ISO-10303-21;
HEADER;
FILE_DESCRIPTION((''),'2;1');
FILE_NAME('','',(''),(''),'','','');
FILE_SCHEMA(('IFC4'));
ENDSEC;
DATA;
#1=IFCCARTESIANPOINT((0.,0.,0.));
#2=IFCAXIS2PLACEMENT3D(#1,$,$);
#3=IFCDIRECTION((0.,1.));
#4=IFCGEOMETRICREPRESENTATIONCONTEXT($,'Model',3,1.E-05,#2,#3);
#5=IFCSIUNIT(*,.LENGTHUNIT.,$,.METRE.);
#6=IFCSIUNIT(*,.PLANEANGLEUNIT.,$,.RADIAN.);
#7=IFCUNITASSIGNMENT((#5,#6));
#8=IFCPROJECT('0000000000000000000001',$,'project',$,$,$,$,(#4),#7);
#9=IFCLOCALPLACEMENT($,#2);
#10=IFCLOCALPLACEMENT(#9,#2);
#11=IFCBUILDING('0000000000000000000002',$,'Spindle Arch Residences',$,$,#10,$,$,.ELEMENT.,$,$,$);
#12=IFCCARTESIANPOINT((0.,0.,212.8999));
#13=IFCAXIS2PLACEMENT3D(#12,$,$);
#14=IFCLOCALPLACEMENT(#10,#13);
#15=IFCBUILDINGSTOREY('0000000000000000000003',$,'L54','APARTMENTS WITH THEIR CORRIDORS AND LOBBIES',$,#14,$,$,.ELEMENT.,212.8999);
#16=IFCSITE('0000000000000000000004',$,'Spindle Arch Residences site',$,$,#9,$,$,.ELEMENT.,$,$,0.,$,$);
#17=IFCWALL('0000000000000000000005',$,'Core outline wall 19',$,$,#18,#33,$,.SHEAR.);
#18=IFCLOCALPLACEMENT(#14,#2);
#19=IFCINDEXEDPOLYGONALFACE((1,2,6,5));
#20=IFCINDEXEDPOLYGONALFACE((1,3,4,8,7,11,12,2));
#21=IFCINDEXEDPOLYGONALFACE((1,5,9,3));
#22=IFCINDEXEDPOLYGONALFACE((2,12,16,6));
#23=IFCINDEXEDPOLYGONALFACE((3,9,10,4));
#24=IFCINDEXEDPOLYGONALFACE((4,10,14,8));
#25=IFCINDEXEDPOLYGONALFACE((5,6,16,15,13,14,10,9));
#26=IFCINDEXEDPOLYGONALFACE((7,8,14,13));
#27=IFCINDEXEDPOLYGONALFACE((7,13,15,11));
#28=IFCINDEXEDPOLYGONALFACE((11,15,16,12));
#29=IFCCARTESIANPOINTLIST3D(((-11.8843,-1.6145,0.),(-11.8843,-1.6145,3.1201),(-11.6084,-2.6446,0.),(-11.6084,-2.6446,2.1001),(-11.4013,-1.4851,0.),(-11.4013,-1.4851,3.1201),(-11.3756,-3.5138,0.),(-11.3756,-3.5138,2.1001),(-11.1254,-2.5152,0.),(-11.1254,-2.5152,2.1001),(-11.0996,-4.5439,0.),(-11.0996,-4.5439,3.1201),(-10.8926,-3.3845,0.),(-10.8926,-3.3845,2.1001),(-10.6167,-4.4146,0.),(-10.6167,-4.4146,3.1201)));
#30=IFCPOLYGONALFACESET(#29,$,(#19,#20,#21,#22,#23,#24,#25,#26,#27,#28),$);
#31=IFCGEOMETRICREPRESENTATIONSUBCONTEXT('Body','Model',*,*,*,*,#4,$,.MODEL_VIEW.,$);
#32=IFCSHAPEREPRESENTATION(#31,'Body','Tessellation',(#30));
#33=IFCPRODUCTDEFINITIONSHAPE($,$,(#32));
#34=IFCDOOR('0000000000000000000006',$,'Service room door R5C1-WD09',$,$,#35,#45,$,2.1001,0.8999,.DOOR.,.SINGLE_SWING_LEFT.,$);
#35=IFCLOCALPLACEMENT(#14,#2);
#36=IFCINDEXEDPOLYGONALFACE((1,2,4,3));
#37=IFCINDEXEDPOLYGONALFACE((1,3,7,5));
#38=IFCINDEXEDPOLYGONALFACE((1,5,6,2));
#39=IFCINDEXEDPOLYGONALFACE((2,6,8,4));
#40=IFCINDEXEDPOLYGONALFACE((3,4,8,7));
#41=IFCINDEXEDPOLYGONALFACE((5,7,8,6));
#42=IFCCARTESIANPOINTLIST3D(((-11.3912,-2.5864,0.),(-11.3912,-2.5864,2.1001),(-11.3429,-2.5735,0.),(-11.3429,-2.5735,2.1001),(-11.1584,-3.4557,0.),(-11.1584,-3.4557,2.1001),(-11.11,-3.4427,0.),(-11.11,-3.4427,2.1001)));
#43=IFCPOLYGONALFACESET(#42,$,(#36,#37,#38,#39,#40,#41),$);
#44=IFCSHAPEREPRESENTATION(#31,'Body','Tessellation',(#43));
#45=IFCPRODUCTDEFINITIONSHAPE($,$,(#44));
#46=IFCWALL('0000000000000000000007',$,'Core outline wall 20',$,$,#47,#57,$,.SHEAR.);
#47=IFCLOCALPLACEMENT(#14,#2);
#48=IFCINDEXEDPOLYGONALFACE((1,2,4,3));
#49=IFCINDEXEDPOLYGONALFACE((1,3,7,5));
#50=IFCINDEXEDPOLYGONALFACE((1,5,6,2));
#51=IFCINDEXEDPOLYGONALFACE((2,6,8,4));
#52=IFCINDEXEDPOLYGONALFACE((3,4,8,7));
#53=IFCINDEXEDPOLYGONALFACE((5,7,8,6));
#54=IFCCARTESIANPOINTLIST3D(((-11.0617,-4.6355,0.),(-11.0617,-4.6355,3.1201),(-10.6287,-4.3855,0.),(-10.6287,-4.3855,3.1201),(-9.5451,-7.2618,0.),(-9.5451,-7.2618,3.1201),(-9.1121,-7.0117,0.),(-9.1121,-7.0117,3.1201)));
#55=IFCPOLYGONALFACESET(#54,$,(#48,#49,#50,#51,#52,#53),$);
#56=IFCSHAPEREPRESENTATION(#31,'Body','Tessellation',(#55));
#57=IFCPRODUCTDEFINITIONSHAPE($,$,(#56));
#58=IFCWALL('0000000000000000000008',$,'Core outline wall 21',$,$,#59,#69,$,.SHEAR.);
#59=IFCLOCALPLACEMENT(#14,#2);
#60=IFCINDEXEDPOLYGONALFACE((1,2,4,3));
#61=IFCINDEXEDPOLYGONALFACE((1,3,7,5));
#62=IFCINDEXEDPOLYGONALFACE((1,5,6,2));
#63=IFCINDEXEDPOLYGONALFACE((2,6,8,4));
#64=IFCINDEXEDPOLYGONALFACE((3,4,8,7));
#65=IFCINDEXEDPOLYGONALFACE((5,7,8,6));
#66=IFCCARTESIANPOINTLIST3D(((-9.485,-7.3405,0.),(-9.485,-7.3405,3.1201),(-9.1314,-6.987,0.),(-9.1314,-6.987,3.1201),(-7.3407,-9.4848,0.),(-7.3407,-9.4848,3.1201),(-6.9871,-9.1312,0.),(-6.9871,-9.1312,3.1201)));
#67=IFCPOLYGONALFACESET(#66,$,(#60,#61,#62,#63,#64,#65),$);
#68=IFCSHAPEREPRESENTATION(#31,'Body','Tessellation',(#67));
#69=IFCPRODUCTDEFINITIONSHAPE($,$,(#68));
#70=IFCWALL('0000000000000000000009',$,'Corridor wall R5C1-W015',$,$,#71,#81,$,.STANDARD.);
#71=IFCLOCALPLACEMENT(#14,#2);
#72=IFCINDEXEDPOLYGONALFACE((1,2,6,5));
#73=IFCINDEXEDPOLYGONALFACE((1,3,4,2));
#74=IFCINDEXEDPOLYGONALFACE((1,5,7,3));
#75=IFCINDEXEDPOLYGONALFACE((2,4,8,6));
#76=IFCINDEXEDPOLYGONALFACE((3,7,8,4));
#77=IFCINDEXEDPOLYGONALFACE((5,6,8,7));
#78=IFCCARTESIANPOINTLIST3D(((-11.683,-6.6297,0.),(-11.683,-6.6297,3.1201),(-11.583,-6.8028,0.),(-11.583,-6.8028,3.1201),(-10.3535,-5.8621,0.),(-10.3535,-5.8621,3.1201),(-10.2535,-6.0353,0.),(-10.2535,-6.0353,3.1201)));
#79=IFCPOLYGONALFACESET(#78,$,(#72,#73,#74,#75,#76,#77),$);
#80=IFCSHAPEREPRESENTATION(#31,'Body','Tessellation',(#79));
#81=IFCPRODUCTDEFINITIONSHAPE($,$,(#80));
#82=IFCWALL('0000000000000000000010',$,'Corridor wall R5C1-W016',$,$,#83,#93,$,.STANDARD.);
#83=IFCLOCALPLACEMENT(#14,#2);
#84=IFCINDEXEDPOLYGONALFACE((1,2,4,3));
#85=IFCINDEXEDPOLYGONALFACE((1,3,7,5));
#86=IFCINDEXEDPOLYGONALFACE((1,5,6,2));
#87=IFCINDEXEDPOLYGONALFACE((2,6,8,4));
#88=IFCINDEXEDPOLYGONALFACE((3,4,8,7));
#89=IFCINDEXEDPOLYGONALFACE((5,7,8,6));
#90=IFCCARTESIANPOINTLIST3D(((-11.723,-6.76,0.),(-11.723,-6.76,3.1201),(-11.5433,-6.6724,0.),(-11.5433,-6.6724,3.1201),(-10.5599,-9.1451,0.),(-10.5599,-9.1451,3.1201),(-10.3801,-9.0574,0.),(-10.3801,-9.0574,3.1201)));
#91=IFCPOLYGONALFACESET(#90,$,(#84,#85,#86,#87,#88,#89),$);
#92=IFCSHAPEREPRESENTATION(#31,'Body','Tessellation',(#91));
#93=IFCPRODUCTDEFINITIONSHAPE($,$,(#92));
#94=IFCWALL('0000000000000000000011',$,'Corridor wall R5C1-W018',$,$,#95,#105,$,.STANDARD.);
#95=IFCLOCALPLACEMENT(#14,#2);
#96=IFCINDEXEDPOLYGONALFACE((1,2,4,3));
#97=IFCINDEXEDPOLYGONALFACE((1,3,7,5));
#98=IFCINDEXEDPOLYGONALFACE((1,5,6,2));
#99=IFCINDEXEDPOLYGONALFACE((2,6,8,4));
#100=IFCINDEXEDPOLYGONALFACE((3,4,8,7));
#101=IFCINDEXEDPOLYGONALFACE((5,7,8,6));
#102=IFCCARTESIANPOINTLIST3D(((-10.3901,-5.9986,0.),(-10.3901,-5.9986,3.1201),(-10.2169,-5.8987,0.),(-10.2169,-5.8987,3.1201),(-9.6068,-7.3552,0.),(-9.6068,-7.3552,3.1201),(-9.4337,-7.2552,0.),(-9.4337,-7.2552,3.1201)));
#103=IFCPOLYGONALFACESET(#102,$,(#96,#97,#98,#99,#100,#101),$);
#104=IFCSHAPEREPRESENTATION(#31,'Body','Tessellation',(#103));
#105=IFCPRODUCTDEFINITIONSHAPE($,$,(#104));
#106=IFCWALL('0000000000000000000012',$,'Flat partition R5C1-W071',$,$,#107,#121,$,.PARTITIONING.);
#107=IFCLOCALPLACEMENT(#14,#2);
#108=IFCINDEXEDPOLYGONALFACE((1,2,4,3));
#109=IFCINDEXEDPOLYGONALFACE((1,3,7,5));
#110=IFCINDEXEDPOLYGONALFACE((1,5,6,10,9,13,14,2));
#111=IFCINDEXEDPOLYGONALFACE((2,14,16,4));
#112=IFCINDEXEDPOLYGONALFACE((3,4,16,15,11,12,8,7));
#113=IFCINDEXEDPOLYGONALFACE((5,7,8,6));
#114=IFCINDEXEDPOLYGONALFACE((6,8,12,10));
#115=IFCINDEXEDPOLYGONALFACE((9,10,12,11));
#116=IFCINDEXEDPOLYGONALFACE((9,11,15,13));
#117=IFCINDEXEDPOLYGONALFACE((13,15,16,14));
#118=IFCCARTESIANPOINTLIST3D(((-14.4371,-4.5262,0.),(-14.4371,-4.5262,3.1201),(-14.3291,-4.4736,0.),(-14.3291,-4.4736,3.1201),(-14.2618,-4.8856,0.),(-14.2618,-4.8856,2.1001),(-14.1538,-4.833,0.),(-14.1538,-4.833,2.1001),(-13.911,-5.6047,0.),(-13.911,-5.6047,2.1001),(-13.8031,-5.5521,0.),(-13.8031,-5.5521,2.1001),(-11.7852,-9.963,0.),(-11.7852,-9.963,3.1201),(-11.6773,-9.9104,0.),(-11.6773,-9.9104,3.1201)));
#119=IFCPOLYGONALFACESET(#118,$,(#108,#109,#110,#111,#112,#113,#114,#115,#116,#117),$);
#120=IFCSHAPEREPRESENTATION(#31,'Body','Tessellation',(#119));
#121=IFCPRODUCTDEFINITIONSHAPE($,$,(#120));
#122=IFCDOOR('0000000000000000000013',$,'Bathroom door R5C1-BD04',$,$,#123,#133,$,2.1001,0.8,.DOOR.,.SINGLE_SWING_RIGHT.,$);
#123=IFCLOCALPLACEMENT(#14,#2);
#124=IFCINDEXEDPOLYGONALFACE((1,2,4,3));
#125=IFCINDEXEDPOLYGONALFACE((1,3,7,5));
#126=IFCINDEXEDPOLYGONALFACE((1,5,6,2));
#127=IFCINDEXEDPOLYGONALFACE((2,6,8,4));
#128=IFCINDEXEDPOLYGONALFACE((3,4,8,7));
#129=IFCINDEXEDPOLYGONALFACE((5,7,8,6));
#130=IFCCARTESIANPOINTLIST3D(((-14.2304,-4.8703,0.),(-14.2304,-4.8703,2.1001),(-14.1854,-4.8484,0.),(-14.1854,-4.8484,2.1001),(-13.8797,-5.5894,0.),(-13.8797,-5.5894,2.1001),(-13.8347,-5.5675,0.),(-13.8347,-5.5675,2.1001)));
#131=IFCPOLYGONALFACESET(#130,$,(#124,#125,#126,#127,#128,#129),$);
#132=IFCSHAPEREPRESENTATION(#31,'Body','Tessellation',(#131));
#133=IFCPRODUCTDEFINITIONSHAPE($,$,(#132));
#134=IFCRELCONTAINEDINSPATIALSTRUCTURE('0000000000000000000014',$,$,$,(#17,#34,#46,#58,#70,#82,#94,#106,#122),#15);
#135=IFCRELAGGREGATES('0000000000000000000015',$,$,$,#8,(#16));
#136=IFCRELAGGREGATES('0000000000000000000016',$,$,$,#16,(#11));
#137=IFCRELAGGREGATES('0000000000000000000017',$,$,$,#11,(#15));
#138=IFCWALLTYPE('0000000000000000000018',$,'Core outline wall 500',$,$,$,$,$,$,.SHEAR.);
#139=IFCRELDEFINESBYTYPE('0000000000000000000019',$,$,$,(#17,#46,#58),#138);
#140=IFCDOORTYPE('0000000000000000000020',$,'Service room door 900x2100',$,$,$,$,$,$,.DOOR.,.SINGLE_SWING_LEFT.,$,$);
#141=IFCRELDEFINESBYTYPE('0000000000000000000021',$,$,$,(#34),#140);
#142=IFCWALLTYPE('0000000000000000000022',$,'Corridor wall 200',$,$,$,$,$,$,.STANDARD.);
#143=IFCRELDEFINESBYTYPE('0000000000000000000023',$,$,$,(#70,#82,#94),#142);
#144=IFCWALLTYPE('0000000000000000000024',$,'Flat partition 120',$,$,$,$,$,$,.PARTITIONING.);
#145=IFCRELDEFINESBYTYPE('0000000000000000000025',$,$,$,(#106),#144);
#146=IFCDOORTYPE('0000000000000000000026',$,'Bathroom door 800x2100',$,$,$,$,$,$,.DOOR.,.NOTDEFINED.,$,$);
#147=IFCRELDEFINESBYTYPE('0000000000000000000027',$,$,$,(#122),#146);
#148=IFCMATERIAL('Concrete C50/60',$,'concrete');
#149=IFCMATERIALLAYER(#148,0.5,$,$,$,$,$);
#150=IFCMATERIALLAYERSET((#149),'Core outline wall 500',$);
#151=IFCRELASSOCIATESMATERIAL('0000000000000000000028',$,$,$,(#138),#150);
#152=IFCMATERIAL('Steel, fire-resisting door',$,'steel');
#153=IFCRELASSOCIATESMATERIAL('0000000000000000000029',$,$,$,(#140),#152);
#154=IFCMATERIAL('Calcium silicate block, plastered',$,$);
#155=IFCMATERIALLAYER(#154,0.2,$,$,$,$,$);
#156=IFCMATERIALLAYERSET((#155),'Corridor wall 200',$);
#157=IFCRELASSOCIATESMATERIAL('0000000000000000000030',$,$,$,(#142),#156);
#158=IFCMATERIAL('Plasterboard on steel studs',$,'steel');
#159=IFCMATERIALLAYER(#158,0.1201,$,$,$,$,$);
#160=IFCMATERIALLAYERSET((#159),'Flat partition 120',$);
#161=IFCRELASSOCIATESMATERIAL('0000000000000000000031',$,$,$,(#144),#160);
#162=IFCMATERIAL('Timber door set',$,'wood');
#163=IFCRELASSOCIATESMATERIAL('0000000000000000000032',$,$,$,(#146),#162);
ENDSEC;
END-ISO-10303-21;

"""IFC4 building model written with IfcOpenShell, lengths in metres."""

from ifc_helpers import new_model, si_unit, direction, frame, frame_2d, origin, place, context, subcontext, project, spatial, rectangle, extrude, material, layer, layer_set, type_object, element, fill, save


model = new_model("IFC4")

# Units and contexts
model_context = context("Model", 3, precision=1e-05, world=origin(), true_north=direction((0.0, 1.0)))
body_context = subcontext(model_context, "Body", "Model", "MODEL_VIEW")
ifc_project = project(units=[si_unit("LENGTHUNIT", "METRE"), si_unit("PLANEANGLEUNIT", "RADIAN")], contexts=[model_context])

# Site, building, storey
site_placement = place(None, origin())
site = spatial("IfcSite", under=ifc_project, at=site_placement, Name="Spindle Arch Residences site", CompositionType="ELEMENT", RefElevation=0.0)
building_placement = place(site_placement, origin())
building = spatial("IfcBuilding", under=site, at=building_placement, Name="Spindle Arch Residences", CompositionType="ELEMENT")
storey_placement = place(building_placement, frame((0.0, 0.0, 212.8999)))
storey = spatial("IfcBuildingStorey", under=building, at=storey_placement, Name="L54", Description="APARTMENTS WITH THEIR CORRIDORS AND LOBBIES", CompositionType="ELEMENT", Elevation=212.8999)

# Wall, opening, door
ifc_material_1 = material(Name="Concrete C50/60", Category="concrete")
ifc_layer_1 = layer(ifc_material_1, 0.5)
ifc_layer_set_1 = layer_set([ifc_layer_1], Name="Core outline wall 500")
wall_type_1 = type_object("IfcWallType", Name="Core outline wall 500", PredefinedType="SHEAR", material=ifc_layer_set_1)
wall_1_placement = place(storey_placement, frame((-11.6428, -1.5498, 0.0), z_axis=(0.0, 0.0, 1.0), x_axis=(0.258735, -0.965948, 0.0)))
wall_1 = element("IfcWall", 1, at=wall_1_placement, inside=storey, type_object=wall_type_1, Name="Core outline wall 19", PredefinedType="SHEAR", context=body_context, shape_type="SweptSolid", body=[
    extrude(rectangle(XDim=3.0327, YDim=0.5, at=frame_2d((1.5164, 0.0))), origin(), (0.0, 0.0, 1.0), 3.1201),
])
opening_1_placement = place(wall_1_placement, frame((1.0664, 0.0, 0.0)))
opening_1 = element("IfcOpeningElement", 2, at=opening_1_placement, cuts=wall_1, PredefinedType="OPENING", context=body_context, shape_type="SweptSolid", body=[
    extrude(rectangle(XDim=0.8999, YDim=2.1001, at=frame_2d((0.45, 1.05))), frame((0.0, 0.26, 0.0), z_axis=(0.0, -1.0, 0.0), x_axis=(1.0, 0.0, 0.0)), (0.0, 0.0, 1.0), 0.52),
])
ifc_material_2 = material(Name="Steel, fire-resisting door", Category="steel")
door_type_1 = type_object("IfcDoorType", Name="Service room door 900x2100", OperationType="SINGLE_SWING_LEFT", PredefinedType="DOOR", material=ifc_material_2)
door_1_placement = place(opening_1_placement, origin())
door_1 = element("IfcDoor", 3, at=door_1_placement, inside=storey, type_object=door_type_1, Name="Service room door R5C1-WD09", OperationType="SINGLE_SWING_LEFT", OverallHeight=2.1001, OverallWidth=0.8999, PredefinedType="DOOR", context=body_context, shape_type="SweptSolid", body=[
    extrude(rectangle(XDim=0.8999, YDim=2.1001, at=frame_2d((0.45, 1.05))), frame((0.0, 0.0249, 0.0), z_axis=(0.0, -1.0, 0.0), x_axis=(1.0, 0.0, 0.0)), (0.0, 0.0, 1.0), 0.05),
])
fill(opening_1, door_1)

# Walls
wall_2_placement = place(storey_placement, frame((-10.8452, -4.5105, 0.0), z_axis=(0.0, 0.0, 1.0), x_axis=(0.500087, -0.865975, 0.0)))
element("IfcWall", 4, at=wall_2_placement, inside=storey, type_object=wall_type_1, Name="Core outline wall 20", PredefinedType="SHEAR", context=body_context, shape_type="SweptSolid", body=[
    extrude(rectangle(XDim=3.0327, YDim=0.5, at=frame_2d((1.5164, 0.0))), origin(), (0.0, 0.0, 1.0), 3.1201),
])
wall_3_placement = place(storey_placement, frame((-9.3081, -7.1638, 0.0), z_axis=(0.0, 0.0, 1.0), x_axis=(0.707107, -0.707107, 0.0)))
element("IfcWall", 5, at=wall_3_placement, inside=storey, type_object=wall_type_1, Name="Core outline wall 21", PredefinedType="SHEAR", context=body_context, shape_type="SweptSolid", body=[
    extrude(rectangle(XDim=3.0325, YDim=0.5, at=frame_2d((1.5161, 0.0))), origin(), (0.0, 0.0, 1.0), 3.1201),
])
ifc_material_3 = material(Name="Calcium silicate block, plastered")
ifc_layer_2 = layer(ifc_material_3, 0.2)
ifc_layer_set_2 = layer_set([ifc_layer_2], Name="Corridor wall 200")
wall_type_2 = type_object("IfcWallType", Name="Corridor wall 200", PredefinedType="STANDARD", material=ifc_layer_set_2)
wall_4_placement = place(storey_placement, frame((-10.3035, -5.9487, 0.0), z_axis=(0.0, 0.0, 1.0), x_axis=(-0.866043, -0.49997, 0.0)))
element("IfcWall", 6, at=wall_4_placement, inside=storey, type_object=wall_type_2, Name="Corridor wall R5C1-W015", PredefinedType="STANDARD", context=body_context, shape_type="SweptSolid", body=[
    extrude(rectangle(XDim=1.5352, YDim=0.2, at=frame_2d((0.7676, 0.0))), origin(), (0.0, 0.0, 1.0), 3.1201),
])
wall_5_placement = place(storey_placement, frame((-11.6331, -6.7163, 0.0), z_axis=(0.0, 0.0, 1.0), x_axis=(0.438322, -0.898818, 0.0)))
element("IfcWall", 7, at=wall_5_placement, inside=storey, type_object=wall_type_2, Name="Corridor wall R5C1-W016", PredefinedType="STANDARD", context=body_context, shape_type="SweptSolid", body=[
    extrude(rectangle(XDim=2.6536, YDim=0.2, at=frame_2d((1.3267, 0.0))), origin(), (0.0, 0.0, 1.0), 3.1201),
])
wall_6_placement = place(storey_placement, frame((-9.5203, -7.3052, 0.0), z_axis=(0.0, 0.0, 1.0), x_axis=(-0.500028, 0.866009, 0.0)))
element("IfcWall", 8, at=wall_6_placement, inside=storey, type_object=wall_type_2, Name="Corridor wall R5C1-W018", PredefinedType="STANDARD", context=body_context, shape_type="SweptSolid", body=[
    extrude(rectangle(XDim=1.5664, YDim=0.2, at=frame_2d((0.7832, 0.0))), origin(), (0.0, 0.0, 1.0), 3.1201),
])

# Wall, opening, door
ifc_material_4 = material(Name="Plasterboard on steel studs", Category="steel")
ifc_layer_3 = layer(ifc_material_4, 0.1201)
ifc_layer_set_3 = layer_set([ifc_layer_3], Name="Flat partition 120")
wall_type_3 = type_object("IfcWallType", Name="Flat partition 120", PredefinedType="PARTITIONING", material=ifc_layer_set_3)
wall_7_placement = place(storey_placement, frame((-14.3831, -4.5, 0.0), z_axis=(0.0, 0.0, 1.0), x_axis=(0.438393, -0.898783, 0.0)))
wall_7 = element("IfcWall", 9, at=wall_7_placement, inside=storey, type_object=wall_type_3, Name="Flat partition R5C1-W071", PredefinedType="PARTITIONING", context=body_context, shape_type="SweptSolid", body=[
    extrude(rectangle(XDim=6.0491, YDim=0.1201, at=frame_2d((3.0244, 0.0))), origin(), (0.0, 0.0, 1.0), 3.1201),
])
opening_2_placement = place(wall_7_placement, frame((0.3999, 0.0, 0.0)))
opening_2 = element("IfcOpeningElement", 10, at=opening_2_placement, cuts=wall_7, PredefinedType="OPENING", context=body_context, shape_type="SweptSolid", body=[
    extrude(rectangle(XDim=0.8, YDim=2.1001, at=frame_2d((0.3999, 1.05))), frame((0.0, 0.0701, 0.0), z_axis=(0.0, -1.0, 0.0), x_axis=(1.0, 0.0, 0.0)), (0.0, 0.0, 1.0), 0.1401),
])
ifc_material_5 = material(Name="Timber door set", Category="wood")
door_type_2 = type_object("IfcDoorType", Name="Bathroom door 800x2100", OperationType="NOTDEFINED", PredefinedType="DOOR", material=ifc_material_5)
door_2_placement = place(opening_2_placement, origin())
door_2 = element("IfcDoor", 11, at=door_2_placement, inside=storey, type_object=door_type_2, Name="Bathroom door R5C1-BD04", OperationType="SINGLE_SWING_RIGHT", OverallHeight=2.1001, OverallWidth=0.8, PredefinedType="DOOR", context=body_context, shape_type="SweptSolid", body=[
    extrude(rectangle(XDim=0.8, YDim=2.1001, at=frame_2d((0.3999, 1.05))), frame((0.0, 0.0249, 0.0), z_axis=(0.0, -1.0, 0.0), x_axis=(1.0, 0.0, 0.0)), (0.0, 0.0, 1.0), 0.05),
])
fill(opening_2, door_2)

save(model, "model.ifc")
